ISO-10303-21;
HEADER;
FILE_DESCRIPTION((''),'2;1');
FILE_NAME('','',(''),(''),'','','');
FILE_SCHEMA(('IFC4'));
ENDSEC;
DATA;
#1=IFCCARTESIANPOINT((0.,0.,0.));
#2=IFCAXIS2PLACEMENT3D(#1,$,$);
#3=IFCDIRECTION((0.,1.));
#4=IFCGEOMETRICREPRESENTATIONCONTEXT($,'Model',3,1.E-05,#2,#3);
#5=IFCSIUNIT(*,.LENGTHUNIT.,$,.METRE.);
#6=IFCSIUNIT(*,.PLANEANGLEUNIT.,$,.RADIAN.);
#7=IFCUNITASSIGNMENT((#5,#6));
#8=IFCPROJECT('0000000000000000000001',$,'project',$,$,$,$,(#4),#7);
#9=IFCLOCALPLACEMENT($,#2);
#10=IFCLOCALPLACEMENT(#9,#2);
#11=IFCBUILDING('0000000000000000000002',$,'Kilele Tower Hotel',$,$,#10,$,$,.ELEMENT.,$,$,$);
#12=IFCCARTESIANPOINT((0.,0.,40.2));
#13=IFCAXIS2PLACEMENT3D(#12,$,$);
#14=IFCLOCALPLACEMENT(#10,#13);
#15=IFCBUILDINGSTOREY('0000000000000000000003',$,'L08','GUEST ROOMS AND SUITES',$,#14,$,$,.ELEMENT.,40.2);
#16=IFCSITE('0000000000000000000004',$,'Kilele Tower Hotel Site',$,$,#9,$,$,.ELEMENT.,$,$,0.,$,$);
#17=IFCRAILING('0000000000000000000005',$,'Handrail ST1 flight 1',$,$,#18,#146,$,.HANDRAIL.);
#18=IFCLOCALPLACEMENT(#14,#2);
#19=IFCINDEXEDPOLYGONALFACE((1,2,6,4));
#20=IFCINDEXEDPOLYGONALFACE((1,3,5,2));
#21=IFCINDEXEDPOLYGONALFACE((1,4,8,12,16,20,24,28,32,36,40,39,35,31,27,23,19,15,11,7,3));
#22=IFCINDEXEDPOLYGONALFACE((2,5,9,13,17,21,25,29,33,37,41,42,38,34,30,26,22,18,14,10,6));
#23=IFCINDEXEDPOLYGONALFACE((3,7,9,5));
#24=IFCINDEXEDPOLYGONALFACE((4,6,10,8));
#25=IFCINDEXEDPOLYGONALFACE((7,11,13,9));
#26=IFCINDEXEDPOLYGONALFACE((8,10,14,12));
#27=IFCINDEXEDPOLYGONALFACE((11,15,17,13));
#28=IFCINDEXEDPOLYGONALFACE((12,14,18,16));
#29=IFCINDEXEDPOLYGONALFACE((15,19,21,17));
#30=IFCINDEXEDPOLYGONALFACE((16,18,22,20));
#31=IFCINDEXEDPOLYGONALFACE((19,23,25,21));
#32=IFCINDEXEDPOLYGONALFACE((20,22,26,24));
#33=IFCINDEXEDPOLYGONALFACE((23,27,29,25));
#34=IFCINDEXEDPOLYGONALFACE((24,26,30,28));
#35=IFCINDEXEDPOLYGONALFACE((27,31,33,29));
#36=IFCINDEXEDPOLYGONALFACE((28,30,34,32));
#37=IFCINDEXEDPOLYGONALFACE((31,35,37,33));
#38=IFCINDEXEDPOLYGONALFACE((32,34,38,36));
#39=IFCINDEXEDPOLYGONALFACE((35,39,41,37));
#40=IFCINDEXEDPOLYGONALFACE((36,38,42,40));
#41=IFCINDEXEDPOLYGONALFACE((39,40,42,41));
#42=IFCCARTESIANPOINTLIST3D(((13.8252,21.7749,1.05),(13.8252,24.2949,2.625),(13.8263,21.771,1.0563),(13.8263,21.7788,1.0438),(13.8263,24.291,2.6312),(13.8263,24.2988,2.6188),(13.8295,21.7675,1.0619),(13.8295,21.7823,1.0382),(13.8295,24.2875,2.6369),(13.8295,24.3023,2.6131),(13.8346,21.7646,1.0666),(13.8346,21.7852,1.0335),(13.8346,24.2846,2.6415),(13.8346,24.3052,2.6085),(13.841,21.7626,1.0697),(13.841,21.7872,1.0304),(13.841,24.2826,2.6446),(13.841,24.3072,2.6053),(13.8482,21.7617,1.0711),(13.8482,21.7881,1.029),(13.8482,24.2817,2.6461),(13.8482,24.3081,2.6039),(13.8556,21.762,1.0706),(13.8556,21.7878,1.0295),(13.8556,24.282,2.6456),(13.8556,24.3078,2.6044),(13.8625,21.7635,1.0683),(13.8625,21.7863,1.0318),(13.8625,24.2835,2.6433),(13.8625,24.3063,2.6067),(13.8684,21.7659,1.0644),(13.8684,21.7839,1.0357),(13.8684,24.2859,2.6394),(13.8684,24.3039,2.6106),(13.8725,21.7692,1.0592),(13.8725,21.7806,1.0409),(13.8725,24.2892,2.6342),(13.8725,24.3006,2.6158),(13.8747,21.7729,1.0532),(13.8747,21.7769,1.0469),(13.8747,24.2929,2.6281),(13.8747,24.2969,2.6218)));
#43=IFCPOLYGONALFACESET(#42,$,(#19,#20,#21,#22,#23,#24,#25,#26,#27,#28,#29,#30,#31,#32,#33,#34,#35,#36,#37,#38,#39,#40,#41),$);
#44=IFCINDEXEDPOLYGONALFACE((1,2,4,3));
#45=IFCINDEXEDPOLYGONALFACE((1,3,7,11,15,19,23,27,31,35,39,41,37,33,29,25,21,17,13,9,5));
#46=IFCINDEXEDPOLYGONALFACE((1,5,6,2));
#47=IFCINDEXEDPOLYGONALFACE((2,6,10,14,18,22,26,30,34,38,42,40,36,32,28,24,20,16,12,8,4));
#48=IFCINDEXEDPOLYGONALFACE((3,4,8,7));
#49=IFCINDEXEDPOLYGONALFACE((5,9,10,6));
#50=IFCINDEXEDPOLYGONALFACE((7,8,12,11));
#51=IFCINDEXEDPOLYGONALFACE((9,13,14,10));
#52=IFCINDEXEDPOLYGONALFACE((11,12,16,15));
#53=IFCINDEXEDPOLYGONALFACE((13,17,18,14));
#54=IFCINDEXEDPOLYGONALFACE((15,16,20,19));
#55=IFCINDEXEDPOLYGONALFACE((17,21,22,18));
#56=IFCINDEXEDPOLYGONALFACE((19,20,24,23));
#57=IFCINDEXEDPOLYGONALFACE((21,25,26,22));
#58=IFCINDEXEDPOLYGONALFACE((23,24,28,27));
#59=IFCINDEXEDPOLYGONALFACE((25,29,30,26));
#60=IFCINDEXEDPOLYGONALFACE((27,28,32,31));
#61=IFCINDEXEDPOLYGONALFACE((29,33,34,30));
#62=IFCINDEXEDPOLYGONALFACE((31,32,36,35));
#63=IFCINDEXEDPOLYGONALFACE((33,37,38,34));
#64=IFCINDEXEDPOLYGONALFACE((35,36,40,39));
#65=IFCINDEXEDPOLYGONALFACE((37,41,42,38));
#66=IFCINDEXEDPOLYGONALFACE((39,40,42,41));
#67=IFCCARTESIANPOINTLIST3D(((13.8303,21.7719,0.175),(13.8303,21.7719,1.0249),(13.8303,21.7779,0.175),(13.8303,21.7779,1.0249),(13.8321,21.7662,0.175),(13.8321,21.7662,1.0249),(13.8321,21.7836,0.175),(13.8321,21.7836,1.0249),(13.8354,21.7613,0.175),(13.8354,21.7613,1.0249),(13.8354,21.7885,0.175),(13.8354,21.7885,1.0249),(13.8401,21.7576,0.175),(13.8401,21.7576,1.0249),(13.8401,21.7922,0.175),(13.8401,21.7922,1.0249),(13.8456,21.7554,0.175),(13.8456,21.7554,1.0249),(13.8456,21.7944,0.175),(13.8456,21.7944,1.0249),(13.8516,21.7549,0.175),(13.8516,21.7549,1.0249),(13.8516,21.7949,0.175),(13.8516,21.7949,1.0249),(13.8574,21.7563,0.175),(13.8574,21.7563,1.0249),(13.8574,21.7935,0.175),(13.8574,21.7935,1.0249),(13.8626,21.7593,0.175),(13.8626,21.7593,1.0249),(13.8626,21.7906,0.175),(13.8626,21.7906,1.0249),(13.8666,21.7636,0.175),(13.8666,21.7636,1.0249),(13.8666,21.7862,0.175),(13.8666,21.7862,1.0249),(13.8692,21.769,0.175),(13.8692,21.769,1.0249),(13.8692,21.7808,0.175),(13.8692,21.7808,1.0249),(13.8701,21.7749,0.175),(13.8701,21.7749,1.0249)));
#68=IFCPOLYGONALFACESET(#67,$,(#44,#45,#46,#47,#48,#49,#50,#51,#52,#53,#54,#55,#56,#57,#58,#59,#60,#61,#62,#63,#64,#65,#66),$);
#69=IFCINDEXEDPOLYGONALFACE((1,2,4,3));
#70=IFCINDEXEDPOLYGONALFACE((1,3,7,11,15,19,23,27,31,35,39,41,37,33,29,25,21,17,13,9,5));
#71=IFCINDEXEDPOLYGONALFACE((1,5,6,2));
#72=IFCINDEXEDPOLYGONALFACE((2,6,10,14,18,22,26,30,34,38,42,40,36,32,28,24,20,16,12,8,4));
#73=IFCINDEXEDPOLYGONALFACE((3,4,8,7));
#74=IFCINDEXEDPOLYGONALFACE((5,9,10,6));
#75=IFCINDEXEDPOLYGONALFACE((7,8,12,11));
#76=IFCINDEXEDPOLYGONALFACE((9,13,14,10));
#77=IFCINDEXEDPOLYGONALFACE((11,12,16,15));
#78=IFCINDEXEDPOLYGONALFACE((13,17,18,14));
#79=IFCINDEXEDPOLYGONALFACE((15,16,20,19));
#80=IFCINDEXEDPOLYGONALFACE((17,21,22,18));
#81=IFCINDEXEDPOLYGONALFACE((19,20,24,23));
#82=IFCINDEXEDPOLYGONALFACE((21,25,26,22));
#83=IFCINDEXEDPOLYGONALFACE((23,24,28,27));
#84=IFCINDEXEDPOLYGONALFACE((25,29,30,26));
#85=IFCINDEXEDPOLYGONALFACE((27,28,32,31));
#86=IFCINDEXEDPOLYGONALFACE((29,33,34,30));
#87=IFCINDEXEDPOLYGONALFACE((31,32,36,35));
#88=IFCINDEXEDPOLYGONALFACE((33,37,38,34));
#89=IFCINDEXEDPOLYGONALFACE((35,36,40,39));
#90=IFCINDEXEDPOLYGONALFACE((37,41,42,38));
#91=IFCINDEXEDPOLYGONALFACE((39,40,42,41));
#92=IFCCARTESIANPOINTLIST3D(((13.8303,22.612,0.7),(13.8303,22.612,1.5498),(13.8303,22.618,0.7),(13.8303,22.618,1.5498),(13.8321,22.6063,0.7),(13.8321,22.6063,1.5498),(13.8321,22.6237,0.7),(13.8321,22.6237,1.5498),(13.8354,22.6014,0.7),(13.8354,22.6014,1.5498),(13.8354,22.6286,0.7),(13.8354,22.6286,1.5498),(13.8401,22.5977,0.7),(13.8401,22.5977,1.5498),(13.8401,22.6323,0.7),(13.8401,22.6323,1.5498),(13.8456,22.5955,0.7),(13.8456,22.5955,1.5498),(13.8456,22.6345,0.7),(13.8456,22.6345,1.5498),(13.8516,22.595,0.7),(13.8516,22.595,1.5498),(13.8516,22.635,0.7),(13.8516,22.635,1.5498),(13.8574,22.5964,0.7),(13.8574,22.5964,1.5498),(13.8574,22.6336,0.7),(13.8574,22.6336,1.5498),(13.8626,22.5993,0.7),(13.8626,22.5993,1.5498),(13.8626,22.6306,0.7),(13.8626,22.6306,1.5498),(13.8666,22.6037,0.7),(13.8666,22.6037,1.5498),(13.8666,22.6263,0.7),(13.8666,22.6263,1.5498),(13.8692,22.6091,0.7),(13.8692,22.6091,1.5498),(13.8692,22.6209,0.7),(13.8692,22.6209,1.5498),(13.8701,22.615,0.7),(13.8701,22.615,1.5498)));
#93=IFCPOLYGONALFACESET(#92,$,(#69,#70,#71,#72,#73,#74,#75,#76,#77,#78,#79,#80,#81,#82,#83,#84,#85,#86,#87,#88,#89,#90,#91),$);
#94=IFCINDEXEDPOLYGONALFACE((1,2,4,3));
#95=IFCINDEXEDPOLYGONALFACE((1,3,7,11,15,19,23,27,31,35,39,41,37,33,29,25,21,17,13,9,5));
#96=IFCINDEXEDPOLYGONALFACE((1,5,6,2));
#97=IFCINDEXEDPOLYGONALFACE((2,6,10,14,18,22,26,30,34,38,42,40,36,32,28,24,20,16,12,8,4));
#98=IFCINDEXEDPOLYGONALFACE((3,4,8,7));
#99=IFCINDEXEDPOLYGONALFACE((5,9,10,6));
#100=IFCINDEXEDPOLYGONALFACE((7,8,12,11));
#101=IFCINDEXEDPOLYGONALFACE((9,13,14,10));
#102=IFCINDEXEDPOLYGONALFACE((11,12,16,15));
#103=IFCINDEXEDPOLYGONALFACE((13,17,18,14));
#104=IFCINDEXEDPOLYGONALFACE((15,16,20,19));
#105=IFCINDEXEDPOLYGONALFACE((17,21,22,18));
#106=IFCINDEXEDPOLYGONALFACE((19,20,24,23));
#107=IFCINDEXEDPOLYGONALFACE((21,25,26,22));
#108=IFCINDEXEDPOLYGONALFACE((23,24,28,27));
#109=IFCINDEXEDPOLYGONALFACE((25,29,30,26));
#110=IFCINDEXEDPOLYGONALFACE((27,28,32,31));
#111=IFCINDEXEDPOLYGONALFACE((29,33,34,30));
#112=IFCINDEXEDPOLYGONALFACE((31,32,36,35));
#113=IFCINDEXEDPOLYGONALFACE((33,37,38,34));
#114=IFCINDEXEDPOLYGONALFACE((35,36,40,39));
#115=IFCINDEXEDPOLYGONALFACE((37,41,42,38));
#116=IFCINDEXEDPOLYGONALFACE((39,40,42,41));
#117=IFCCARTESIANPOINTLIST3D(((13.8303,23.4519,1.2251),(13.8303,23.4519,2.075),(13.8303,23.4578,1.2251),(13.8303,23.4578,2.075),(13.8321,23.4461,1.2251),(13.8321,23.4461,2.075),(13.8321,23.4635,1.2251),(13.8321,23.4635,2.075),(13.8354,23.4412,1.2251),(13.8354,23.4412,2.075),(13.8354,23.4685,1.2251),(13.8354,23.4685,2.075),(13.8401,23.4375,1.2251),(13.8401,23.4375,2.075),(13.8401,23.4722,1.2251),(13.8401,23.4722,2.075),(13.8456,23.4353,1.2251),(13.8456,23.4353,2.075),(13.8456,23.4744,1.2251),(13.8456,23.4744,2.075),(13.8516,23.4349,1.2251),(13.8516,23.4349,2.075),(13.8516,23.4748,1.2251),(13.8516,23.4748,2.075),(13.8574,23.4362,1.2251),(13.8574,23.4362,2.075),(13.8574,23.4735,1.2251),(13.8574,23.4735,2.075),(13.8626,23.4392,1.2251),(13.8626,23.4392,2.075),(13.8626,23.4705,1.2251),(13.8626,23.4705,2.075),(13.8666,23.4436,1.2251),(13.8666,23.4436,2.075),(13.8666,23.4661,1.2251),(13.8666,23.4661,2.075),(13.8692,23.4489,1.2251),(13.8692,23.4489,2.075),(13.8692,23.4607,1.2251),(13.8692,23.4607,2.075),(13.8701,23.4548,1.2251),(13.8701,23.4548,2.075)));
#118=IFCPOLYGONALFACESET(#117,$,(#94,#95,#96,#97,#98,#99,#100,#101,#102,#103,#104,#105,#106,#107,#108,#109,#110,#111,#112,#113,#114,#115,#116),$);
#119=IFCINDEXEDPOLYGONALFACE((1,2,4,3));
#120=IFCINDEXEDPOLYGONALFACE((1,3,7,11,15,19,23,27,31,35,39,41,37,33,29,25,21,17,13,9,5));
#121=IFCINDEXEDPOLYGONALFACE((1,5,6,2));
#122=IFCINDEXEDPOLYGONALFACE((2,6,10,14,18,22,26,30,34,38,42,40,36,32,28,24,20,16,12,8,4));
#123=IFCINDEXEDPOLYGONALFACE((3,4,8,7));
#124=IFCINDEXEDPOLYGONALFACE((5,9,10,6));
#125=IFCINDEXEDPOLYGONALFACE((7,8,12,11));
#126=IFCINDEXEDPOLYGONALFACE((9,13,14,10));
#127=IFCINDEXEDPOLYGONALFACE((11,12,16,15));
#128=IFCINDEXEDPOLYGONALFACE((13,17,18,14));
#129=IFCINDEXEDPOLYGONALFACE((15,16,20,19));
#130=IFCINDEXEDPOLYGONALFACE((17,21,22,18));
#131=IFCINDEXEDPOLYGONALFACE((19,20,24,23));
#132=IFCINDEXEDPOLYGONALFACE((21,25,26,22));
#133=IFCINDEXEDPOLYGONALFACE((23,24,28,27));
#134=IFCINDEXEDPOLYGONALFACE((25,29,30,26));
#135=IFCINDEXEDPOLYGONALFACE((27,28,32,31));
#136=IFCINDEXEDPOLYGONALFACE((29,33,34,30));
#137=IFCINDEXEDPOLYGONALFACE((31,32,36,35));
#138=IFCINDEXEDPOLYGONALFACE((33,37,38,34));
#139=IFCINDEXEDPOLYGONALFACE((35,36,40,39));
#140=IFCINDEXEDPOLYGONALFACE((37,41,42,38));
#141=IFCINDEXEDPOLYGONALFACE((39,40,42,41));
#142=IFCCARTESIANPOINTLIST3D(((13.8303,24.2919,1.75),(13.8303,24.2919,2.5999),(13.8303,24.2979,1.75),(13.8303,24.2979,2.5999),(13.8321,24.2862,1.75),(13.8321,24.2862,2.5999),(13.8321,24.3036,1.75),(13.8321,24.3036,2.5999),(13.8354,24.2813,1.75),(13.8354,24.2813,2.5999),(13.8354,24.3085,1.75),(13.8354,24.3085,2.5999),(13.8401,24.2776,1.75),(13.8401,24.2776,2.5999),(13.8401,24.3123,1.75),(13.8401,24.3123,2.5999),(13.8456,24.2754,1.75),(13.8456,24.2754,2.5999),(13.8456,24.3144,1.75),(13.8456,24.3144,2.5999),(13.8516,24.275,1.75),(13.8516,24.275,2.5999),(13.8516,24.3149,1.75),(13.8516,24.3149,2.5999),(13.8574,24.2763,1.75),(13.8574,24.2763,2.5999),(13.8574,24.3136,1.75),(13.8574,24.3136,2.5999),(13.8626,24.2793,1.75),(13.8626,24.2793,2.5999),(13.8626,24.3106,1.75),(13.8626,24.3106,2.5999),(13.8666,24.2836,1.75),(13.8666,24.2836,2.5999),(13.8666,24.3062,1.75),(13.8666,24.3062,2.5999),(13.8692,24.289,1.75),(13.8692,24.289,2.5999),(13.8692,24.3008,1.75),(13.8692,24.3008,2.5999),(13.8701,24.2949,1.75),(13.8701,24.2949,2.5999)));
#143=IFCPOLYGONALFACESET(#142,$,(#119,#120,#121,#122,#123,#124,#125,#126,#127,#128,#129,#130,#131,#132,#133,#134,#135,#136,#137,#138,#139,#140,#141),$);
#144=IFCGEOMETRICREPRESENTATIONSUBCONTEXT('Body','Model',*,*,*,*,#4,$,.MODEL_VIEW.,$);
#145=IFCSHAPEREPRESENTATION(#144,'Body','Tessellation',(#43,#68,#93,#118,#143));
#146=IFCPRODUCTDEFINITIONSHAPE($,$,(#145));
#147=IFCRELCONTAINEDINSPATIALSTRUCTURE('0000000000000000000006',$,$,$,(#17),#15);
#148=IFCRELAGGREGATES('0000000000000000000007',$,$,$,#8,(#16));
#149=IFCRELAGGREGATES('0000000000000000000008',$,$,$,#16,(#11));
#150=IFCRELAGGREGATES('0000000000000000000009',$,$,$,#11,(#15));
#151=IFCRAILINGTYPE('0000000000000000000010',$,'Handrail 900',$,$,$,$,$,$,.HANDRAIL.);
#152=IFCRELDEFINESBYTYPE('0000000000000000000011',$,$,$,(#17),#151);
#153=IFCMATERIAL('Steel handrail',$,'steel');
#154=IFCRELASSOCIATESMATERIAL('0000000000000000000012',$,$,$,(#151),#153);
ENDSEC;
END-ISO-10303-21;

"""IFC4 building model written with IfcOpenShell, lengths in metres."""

from ifc_helpers import new_model, si_unit, direction, frame, origin, origin_2d, place, context, subcontext, project, spatial, circle, extrude, material, type_object, element, save


model = new_model("IFC4")

# Units and contexts
model_context = context("Model", 3, precision=1e-05, world=origin(), true_north=direction((0.0, 1.0)))
body_context = subcontext(model_context, "Body", "Model", "MODEL_VIEW")
ifc_project = project(units=[si_unit("LENGTHUNIT", "METRE"), si_unit("PLANEANGLEUNIT", "RADIAN")], contexts=[model_context])

# Site, building, storey
site_placement = place(None, origin())
site = spatial("IfcSite", under=ifc_project, at=site_placement, Name="Kilele Tower Hotel Site", CompositionType="ELEMENT", RefElevation=0.0)
building_placement = place(site_placement, origin())
building = spatial("IfcBuilding", under=site, at=building_placement, Name="Kilele Tower Hotel", CompositionType="ELEMENT")
storey_placement = place(building_placement, frame((0.0, 0.0, 40.2)))
storey = spatial("IfcBuildingStorey", under=building, at=storey_placement, Name="L08", Description="GUEST ROOMS AND SUITES", CompositionType="ELEMENT", Elevation=40.2)

# Railing
ifc_material_1 = material(Name="Steel handrail", Category="steel")
railing_type_1 = type_object("IfcRailingType", Name="Handrail 900", PredefinedType="HANDRAIL", material=ifc_material_1)
for number, where, name in (
    (1, (13.8501, 21.7749, 0.175), "Handrail ST1 flight 1"),
):
    element("IfcRailing", number, at=place(storey_placement, frame(where)), inside=storey, type_object=railing_type_1, Name=name, PredefinedType="HANDRAIL", context=body_context, shape_type="SweptSolid", body=[
        extrude(circle(Radius=0.0249, at=origin_2d()), frame((0.0, 0.0, 0.875), z_axis=(0.0, 0.848008, 0.529984), x_axis=(-1.0, 0.0, 0.0)), (0.0, 0.0, 1.0), 2.9717),
        extrude(circle(Radius=0.02, at=origin_2d()), origin(), (0.0, 0.0, 1.0), 0.8499),
        extrude(circle(Radius=0.02, at=origin_2d()), frame((0.0, 0.8401, 0.5249)), (0.0, 0.0, 1.0), 0.8499),
        extrude(circle(Radius=0.02, at=origin_2d()), frame((0.0, 1.6799, 1.05)), (0.0, 0.0, 1.0), 0.8499),
        extrude(circle(Radius=0.02, at=origin_2d()), frame((0.0, 2.52, 1.575)), (0.0, 0.0, 1.0), 0.8499),
    ])

save(model, "model.ifc")
